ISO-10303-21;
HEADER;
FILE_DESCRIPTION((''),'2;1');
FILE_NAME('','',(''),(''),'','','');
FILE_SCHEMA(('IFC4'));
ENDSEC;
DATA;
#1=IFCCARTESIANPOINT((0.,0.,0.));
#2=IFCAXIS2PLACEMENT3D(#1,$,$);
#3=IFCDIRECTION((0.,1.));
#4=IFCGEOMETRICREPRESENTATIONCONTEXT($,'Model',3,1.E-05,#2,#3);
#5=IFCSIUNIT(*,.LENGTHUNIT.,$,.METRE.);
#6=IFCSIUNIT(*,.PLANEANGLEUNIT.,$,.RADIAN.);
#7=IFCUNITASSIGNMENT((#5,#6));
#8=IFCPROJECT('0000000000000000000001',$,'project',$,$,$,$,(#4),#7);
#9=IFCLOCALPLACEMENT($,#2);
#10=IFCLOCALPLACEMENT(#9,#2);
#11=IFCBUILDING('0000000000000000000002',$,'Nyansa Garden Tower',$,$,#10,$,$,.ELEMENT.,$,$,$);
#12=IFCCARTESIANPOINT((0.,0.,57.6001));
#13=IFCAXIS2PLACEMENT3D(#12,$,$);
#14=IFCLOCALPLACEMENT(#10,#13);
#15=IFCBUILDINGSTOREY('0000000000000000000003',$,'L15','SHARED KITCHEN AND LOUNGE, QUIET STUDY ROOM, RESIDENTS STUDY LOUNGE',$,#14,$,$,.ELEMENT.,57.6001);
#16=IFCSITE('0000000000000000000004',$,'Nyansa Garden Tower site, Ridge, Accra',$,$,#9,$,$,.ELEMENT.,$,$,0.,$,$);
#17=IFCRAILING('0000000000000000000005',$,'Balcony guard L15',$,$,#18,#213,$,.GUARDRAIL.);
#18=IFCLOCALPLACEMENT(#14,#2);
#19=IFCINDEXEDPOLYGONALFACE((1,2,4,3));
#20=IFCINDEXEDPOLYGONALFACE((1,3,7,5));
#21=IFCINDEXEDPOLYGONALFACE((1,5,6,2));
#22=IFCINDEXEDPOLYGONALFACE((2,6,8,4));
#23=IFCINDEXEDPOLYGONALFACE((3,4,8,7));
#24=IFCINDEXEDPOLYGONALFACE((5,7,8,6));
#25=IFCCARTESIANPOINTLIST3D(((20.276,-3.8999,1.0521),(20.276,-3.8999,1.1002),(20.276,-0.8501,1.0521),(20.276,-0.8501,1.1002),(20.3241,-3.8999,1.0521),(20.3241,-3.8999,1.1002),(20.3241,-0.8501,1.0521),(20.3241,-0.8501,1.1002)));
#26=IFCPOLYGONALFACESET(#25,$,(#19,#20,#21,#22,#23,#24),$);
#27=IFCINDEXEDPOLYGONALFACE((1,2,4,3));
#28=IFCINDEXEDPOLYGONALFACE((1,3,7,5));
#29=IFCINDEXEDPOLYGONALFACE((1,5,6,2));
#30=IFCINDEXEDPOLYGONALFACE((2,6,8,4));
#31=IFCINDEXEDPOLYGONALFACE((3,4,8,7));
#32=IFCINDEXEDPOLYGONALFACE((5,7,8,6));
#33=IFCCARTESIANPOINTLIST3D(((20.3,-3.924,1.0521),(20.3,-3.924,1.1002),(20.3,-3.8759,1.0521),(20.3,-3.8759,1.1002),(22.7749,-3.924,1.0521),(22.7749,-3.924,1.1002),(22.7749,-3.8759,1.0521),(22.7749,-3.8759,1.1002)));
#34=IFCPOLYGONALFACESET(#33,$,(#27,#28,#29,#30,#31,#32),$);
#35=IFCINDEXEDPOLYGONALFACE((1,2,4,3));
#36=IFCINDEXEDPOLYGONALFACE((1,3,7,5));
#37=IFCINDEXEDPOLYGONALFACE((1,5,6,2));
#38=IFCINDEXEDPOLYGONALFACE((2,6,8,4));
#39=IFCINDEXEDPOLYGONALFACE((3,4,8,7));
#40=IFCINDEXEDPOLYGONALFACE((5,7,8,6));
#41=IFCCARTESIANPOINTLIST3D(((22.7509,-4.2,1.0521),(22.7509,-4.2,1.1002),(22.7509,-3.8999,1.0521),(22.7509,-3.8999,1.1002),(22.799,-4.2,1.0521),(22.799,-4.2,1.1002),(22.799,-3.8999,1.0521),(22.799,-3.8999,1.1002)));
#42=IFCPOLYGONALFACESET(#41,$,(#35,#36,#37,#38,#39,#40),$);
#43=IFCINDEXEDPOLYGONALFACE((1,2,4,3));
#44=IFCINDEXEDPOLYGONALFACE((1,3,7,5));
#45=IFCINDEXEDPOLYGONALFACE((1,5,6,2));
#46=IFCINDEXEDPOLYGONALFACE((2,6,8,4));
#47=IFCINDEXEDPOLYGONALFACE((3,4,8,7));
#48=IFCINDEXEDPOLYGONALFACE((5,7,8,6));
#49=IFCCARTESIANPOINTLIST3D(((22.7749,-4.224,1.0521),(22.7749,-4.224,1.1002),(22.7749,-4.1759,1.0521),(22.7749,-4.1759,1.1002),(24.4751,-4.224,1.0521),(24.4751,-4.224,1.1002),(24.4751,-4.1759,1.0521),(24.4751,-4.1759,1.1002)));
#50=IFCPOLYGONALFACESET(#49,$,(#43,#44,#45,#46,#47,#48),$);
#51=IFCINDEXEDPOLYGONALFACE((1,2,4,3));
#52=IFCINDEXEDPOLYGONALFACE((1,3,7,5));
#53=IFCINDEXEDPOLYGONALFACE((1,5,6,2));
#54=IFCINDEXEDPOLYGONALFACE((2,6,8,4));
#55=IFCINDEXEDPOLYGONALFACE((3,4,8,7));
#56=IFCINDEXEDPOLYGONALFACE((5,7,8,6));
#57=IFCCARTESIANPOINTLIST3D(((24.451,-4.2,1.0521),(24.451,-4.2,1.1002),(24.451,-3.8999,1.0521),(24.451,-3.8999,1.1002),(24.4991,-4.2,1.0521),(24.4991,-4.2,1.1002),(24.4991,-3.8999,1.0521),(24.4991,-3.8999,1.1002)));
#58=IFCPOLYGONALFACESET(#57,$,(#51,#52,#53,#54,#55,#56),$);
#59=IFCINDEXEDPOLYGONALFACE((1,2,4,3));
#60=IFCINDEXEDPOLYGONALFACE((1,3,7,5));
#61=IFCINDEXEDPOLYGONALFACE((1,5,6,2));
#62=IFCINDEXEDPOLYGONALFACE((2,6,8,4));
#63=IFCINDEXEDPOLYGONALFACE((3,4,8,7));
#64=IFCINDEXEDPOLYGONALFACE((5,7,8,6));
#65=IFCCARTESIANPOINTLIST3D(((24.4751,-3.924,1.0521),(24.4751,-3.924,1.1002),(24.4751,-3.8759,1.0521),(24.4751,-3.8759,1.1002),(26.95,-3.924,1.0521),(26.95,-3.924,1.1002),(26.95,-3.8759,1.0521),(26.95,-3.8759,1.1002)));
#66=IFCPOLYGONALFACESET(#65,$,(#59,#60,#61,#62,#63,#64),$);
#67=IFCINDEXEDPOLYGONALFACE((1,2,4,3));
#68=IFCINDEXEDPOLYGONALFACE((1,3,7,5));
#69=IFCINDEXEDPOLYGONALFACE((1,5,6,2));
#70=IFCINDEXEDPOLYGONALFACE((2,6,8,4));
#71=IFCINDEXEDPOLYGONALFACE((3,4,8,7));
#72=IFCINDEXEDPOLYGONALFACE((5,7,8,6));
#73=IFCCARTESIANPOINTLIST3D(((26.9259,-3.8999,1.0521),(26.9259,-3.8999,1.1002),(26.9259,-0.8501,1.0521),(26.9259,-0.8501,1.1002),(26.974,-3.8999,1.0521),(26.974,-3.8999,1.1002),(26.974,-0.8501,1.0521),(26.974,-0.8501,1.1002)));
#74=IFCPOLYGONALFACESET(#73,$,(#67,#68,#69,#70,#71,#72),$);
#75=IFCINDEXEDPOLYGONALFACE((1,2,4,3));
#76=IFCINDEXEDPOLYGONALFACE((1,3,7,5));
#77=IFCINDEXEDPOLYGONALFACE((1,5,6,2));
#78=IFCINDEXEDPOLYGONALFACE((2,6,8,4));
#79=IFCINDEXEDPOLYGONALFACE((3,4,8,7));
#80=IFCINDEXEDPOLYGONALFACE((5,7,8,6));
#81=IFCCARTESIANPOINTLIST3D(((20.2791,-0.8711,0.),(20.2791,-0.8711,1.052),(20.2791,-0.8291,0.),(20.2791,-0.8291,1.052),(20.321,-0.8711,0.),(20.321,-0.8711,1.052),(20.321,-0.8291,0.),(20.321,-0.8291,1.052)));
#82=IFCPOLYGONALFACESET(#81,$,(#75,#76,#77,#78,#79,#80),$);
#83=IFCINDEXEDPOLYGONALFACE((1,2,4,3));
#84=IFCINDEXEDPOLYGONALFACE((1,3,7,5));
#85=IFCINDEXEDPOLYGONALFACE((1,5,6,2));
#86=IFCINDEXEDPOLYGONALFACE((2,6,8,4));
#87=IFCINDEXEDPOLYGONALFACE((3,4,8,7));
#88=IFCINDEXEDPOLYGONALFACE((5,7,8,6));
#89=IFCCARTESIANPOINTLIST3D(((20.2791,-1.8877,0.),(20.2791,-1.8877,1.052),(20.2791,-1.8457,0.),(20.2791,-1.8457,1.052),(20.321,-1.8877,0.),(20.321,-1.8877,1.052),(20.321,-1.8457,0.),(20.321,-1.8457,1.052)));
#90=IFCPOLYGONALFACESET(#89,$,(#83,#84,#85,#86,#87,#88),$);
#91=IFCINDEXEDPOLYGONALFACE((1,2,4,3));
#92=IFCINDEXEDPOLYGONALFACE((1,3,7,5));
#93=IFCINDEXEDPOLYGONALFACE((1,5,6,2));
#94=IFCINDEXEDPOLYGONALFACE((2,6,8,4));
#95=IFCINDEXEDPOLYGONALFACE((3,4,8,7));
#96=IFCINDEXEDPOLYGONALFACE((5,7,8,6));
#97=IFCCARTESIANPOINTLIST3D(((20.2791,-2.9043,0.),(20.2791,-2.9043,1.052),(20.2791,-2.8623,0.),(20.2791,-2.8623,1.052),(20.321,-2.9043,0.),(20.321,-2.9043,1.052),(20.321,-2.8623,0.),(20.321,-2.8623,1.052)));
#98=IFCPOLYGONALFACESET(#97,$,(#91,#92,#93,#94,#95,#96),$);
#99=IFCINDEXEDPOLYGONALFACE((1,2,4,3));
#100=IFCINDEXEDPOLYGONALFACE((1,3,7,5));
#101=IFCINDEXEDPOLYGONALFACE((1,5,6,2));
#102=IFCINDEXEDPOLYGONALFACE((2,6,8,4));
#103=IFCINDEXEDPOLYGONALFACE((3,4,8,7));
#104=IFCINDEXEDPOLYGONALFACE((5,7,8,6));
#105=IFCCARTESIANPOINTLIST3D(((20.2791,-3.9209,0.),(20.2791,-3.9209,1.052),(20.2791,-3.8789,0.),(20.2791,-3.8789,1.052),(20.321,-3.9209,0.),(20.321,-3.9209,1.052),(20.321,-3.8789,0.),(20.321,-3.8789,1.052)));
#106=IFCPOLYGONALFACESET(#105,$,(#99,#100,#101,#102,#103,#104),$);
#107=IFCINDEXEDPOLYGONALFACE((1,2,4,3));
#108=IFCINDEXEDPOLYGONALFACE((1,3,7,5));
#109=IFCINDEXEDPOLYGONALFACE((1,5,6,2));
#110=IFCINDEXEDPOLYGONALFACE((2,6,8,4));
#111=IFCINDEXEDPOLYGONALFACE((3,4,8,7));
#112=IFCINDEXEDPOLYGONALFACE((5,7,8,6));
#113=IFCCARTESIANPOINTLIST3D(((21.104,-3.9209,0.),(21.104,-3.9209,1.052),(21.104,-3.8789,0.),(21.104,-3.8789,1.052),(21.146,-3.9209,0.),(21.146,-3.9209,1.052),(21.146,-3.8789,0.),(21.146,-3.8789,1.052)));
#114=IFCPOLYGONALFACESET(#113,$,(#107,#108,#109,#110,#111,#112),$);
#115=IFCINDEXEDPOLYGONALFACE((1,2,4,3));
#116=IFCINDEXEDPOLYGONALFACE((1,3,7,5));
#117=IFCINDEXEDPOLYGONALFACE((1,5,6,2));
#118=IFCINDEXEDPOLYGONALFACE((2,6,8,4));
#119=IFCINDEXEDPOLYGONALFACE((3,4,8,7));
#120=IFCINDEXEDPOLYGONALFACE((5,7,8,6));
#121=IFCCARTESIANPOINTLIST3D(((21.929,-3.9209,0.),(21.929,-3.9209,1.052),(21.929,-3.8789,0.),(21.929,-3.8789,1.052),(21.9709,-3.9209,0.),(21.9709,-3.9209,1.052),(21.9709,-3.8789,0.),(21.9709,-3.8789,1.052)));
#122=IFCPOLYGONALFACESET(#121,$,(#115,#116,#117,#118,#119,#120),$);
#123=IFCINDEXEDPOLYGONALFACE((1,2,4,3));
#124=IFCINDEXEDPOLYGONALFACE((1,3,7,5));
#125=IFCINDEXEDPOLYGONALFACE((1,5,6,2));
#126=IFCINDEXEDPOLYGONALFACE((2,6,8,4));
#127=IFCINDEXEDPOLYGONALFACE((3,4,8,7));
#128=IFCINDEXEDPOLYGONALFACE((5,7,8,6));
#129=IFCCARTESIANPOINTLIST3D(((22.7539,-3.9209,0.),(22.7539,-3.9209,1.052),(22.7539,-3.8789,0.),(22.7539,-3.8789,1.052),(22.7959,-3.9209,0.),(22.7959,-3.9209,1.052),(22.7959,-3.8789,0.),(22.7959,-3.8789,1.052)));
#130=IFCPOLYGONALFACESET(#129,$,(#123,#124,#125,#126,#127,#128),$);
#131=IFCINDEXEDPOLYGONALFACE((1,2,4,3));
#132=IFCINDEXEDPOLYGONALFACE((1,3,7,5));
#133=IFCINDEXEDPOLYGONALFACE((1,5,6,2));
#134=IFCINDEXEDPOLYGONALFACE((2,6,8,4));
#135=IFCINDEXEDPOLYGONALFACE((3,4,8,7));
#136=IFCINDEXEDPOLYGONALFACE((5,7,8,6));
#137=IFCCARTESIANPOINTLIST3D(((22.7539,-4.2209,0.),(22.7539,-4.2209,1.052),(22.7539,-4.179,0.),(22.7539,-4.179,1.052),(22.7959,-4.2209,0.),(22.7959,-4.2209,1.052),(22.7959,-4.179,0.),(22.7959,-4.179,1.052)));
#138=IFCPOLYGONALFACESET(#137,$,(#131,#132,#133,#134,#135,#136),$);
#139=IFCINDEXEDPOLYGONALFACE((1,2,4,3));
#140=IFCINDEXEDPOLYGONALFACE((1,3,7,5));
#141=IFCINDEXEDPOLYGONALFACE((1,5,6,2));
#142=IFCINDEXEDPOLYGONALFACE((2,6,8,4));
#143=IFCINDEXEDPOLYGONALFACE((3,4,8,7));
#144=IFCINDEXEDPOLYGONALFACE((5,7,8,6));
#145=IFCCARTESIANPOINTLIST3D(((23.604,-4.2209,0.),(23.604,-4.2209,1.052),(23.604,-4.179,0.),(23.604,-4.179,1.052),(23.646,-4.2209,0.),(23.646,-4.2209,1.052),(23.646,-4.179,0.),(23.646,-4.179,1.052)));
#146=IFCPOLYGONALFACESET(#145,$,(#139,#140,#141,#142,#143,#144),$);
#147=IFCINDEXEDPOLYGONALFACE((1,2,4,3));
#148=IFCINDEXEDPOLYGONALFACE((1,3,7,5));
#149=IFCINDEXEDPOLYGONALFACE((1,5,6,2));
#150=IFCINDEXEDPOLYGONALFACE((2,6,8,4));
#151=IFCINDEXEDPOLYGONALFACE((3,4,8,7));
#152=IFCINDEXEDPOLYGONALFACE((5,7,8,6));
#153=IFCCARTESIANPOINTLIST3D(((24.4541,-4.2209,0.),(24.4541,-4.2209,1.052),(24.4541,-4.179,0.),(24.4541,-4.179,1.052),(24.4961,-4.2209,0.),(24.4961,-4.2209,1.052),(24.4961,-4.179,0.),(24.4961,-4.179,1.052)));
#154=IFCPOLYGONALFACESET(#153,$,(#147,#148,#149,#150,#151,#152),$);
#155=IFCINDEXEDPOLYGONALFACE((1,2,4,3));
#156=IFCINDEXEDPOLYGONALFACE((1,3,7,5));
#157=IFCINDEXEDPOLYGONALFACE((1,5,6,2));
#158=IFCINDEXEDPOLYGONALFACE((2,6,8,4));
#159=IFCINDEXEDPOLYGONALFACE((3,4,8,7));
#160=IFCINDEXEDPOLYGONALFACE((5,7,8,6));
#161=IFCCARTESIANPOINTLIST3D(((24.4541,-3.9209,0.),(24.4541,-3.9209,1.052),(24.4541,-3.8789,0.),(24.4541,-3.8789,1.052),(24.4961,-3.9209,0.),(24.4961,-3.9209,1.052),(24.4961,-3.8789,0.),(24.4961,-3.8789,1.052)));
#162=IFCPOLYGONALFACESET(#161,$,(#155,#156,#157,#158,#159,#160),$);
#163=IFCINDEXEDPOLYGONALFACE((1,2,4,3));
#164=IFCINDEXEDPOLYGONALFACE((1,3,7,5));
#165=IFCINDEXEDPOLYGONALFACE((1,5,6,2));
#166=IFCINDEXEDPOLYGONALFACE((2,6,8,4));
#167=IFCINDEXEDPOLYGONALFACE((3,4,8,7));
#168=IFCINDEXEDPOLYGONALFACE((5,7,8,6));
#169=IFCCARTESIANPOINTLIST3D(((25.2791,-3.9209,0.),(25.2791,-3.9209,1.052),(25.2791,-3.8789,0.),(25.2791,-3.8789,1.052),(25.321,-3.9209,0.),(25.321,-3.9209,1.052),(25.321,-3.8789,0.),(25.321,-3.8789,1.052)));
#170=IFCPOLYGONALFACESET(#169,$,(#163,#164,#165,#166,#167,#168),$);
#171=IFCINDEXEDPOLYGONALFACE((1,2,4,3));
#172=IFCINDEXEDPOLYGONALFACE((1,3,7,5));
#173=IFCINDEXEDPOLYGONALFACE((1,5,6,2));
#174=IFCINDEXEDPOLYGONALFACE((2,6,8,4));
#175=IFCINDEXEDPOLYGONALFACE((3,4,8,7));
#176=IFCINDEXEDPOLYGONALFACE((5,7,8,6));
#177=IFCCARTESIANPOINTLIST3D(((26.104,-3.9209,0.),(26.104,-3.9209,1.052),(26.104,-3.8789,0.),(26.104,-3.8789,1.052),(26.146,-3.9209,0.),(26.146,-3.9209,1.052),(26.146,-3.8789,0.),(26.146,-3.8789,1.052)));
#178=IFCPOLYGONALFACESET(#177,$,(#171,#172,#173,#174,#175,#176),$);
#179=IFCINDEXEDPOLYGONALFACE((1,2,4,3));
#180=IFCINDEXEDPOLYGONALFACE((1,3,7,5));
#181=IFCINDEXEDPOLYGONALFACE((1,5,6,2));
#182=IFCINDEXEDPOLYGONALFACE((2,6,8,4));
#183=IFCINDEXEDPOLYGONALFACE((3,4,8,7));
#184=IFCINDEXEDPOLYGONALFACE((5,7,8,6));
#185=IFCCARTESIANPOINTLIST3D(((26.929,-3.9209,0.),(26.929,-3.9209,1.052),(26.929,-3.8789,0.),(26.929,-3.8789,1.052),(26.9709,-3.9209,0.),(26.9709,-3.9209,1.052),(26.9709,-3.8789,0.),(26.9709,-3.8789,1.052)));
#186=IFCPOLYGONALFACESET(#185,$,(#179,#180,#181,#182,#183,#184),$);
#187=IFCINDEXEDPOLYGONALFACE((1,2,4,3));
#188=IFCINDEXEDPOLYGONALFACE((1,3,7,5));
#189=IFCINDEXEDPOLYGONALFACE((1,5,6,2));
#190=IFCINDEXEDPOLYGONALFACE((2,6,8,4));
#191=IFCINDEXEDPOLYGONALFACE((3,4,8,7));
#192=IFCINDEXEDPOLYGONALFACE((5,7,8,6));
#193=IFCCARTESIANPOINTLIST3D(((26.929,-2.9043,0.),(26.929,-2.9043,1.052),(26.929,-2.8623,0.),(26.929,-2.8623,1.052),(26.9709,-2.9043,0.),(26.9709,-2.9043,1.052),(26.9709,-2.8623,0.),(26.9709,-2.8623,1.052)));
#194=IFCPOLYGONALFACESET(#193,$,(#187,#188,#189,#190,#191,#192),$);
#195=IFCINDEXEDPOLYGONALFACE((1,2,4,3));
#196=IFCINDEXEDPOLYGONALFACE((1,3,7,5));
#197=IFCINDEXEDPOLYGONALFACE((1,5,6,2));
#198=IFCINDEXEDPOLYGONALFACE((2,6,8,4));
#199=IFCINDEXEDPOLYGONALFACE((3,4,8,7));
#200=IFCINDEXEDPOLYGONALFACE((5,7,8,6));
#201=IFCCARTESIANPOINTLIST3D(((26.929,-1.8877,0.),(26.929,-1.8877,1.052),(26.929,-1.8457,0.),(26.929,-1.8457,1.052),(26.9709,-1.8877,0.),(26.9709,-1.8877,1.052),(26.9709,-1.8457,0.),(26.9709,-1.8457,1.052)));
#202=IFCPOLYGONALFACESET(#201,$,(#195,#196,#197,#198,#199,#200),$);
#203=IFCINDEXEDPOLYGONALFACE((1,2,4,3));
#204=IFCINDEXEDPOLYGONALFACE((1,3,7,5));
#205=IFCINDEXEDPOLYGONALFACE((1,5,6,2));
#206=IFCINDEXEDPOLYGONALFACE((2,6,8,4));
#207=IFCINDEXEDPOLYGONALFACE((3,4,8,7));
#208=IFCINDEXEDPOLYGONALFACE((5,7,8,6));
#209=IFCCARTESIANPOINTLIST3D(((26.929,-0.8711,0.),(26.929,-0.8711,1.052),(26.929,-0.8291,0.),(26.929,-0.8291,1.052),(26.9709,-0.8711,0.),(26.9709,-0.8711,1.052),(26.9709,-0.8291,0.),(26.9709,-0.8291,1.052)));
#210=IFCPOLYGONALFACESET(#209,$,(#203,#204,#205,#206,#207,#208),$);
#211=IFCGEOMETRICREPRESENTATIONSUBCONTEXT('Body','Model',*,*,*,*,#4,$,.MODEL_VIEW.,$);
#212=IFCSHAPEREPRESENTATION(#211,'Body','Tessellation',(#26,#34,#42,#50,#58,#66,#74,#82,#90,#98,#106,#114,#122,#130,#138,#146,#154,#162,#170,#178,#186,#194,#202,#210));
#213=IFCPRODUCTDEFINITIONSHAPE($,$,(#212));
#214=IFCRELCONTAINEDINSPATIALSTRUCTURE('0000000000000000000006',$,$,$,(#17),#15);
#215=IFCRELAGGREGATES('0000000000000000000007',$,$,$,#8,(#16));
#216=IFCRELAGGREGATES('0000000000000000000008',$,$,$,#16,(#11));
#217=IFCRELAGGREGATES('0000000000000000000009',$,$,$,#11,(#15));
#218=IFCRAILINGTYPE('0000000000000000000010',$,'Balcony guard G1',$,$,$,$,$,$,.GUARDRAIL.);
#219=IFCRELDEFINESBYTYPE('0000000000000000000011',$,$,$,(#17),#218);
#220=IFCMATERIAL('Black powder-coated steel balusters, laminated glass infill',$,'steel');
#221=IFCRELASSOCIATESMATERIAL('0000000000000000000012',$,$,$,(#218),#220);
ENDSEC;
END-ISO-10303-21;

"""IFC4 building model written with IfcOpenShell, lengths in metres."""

from ifc_helpers import new_model, si_unit, direction, frame, origin, origin_2d, place, context, subcontext, project, spatial, rectangle, extrude, material, type_object, element, save


model = new_model("IFC4")

# Units and contexts
model_context = context("Model", 3, precision=1e-05, world=origin(), true_north=direction((0.0, 1.0)))
body_context = subcontext(model_context, "Body", "Model", "MODEL_VIEW")
ifc_project = project(units=[si_unit("LENGTHUNIT", "METRE"), si_unit("PLANEANGLEUNIT", "RADIAN")], contexts=[model_context])

# Site, building, storey
site_placement = place(None, origin())
site = spatial("IfcSite", under=ifc_project, at=site_placement, Name="Nyansa Garden Tower site, Ridge, Accra", CompositionType="ELEMENT", RefElevation=0.0)
building_placement = place(site_placement, origin())
building = spatial("IfcBuilding", under=site, at=building_placement, Name="Nyansa Garden Tower", CompositionType="ELEMENT")
storey_placement = place(building_placement, frame((0.0, 0.0, 57.6001)))
storey = spatial("IfcBuildingStorey", under=building, at=storey_placement, Name="L15", Description="SHARED KITCHEN AND LOUNGE, QUIET STUDY ROOM, RESIDENTS STUDY LOUNGE", CompositionType="ELEMENT", Elevation=57.6001)

# Railing
ifc_material_1 = material(Name="Black powder-coated steel balusters, laminated glass infill", Category="steel")
railing_type = type_object("IfcRailingType", Name="Balcony guard G1", PredefinedType="GUARDRAIL", material=ifc_material_1)
railing_placement = place(storey_placement, frame((20.3, -0.8501, 0.0)))
element("IfcRailing", 1, at=railing_placement, inside=storey, type_object=railing_type, Name="Balcony guard L15", PredefinedType="GUARDRAIL", context=body_context, shape_type="SweptSolid", body=[
    extrude(rectangle(XDim=0.0481, YDim=0.0481, at=origin_2d()), frame((0.0, 0.0, 1.0762), z_axis=(0.0, -1.0, 0.0), x_axis=(1.0, 0.0, 0.0)), (0.0, 0.0, 1.0), 3.0498),
    extrude(rectangle(XDim=0.0481, YDim=0.0481, at=origin_2d()), frame((0.0, -3.0498, 1.0762), z_axis=(1.0, 0.0, 0.0), x_axis=(0.0, 1.0, 0.0)), (0.0, 0.0, 1.0), 2.4749),
    extrude(rectangle(XDim=0.0481, YDim=0.0481, at=origin_2d()), frame((2.4749, -3.0498, 1.0762), z_axis=(0.0, -1.0, 0.0), x_axis=(1.0, 0.0, 0.0)), (0.0, 0.0, 1.0), 0.3),
    extrude(rectangle(XDim=0.0481, YDim=0.0481, at=origin_2d()), frame((2.4749, -3.3499, 1.0762), z_axis=(1.0, 0.0, 0.0), x_axis=(0.0, 1.0, 0.0)), (0.0, 0.0, 1.0), 1.7002),
    extrude(rectangle(XDim=0.0481, YDim=0.0481, at=origin_2d()), frame((4.175, -3.3499, 1.0762), z_axis=(0.0, 1.0, 0.0), x_axis=(-1.0, 0.0, 0.0)), (0.0, 0.0, 1.0), 0.3),
    extrude(rectangle(XDim=0.0481, YDim=0.0481, at=origin_2d()), frame((4.175, -3.0498, 1.0762), z_axis=(1.0, 0.0, 0.0), x_axis=(0.0, 1.0, 0.0)), (0.0, 0.0, 1.0), 2.4749),
    extrude(rectangle(XDim=0.0481, YDim=0.0481, at=origin_2d()), frame((6.6499, -3.0498, 1.0762), z_axis=(0.0, 1.0, 0.0), x_axis=(-1.0, 0.0, 0.0)), (0.0, 0.0, 1.0), 3.0498),
    extrude(rectangle(XDim=0.042, YDim=0.042, at=origin_2d()), origin(), (0.0, 0.0, 1.0), 1.052),
    extrude(rectangle(XDim=0.042, YDim=0.042, at=origin_2d()), frame((0.0, -1.0166, 0.0)), (0.0, 0.0, 1.0), 1.052),
    extrude(rectangle(XDim=0.042, YDim=0.042, at=origin_2d()), frame((0.0, -2.0332, 0.0)), (0.0, 0.0, 1.0), 1.052),
    extrude(rectangle(XDim=0.042, YDim=0.042, at=origin_2d()), frame((0.0, -3.0498, 0.0)), (0.0, 0.0, 1.0), 1.052),
    extrude(rectangle(XDim=0.042, YDim=0.042, at=origin_2d()), frame((0.825, -3.0498, 0.0)), (0.0, 0.0, 1.0), 1.052),
    extrude(rectangle(XDim=0.042, YDim=0.042, at=origin_2d()), frame((1.6499, -3.0498, 0.0)), (0.0, 0.0, 1.0), 1.052),
    extrude(rectangle(XDim=0.042, YDim=0.042, at=origin_2d()), frame((2.4749, -3.0498, 0.0)), (0.0, 0.0, 1.0), 1.052),
    extrude(rectangle(XDim=0.042, YDim=0.042, at=origin_2d()), frame((2.4749, -3.3499, 0.0)), (0.0, 0.0, 1.0), 1.052),
    extrude(rectangle(XDim=0.042, YDim=0.042, at=origin_2d()), frame((3.325, -3.3499, 0.0)), (0.0, 0.0, 1.0), 1.052),
    extrude(rectangle(XDim=0.042, YDim=0.042, at=origin_2d()), frame((4.175, -3.3499, 0.0)), (0.0, 0.0, 1.0), 1.052),
    extrude(rectangle(XDim=0.042, YDim=0.042, at=origin_2d()), frame((4.175, -3.0498, 0.0)), (0.0, 0.0, 1.0), 1.052),
    extrude(rectangle(XDim=0.042, YDim=0.042, at=origin_2d()), frame((5.0, -3.0498, 0.0)), (0.0, 0.0, 1.0), 1.052),
    extrude(rectangle(XDim=0.042, YDim=0.042, at=origin_2d()), frame((5.825, -3.0498, 0.0)), (0.0, 0.0, 1.0), 1.052),
    extrude(rectangle(XDim=0.042, YDim=0.042, at=origin_2d()), frame((6.6499, -3.0498, 0.0)), (0.0, 0.0, 1.0), 1.052),
    extrude(rectangle(XDim=0.042, YDim=0.042, at=origin_2d()), frame((6.6499, -2.0332, 0.0)), (0.0, 0.0, 1.0), 1.052),
    extrude(rectangle(XDim=0.042, YDim=0.042, at=origin_2d()), frame((6.6499, -1.0166, 0.0)), (0.0, 0.0, 1.0), 1.052),
    extrude(rectangle(XDim=0.042, YDim=0.042, at=origin_2d()), frame((6.6499, 0.0, 0.0)), (0.0, 0.0, 1.0), 1.052),
])

save(model, "model.ifc")
